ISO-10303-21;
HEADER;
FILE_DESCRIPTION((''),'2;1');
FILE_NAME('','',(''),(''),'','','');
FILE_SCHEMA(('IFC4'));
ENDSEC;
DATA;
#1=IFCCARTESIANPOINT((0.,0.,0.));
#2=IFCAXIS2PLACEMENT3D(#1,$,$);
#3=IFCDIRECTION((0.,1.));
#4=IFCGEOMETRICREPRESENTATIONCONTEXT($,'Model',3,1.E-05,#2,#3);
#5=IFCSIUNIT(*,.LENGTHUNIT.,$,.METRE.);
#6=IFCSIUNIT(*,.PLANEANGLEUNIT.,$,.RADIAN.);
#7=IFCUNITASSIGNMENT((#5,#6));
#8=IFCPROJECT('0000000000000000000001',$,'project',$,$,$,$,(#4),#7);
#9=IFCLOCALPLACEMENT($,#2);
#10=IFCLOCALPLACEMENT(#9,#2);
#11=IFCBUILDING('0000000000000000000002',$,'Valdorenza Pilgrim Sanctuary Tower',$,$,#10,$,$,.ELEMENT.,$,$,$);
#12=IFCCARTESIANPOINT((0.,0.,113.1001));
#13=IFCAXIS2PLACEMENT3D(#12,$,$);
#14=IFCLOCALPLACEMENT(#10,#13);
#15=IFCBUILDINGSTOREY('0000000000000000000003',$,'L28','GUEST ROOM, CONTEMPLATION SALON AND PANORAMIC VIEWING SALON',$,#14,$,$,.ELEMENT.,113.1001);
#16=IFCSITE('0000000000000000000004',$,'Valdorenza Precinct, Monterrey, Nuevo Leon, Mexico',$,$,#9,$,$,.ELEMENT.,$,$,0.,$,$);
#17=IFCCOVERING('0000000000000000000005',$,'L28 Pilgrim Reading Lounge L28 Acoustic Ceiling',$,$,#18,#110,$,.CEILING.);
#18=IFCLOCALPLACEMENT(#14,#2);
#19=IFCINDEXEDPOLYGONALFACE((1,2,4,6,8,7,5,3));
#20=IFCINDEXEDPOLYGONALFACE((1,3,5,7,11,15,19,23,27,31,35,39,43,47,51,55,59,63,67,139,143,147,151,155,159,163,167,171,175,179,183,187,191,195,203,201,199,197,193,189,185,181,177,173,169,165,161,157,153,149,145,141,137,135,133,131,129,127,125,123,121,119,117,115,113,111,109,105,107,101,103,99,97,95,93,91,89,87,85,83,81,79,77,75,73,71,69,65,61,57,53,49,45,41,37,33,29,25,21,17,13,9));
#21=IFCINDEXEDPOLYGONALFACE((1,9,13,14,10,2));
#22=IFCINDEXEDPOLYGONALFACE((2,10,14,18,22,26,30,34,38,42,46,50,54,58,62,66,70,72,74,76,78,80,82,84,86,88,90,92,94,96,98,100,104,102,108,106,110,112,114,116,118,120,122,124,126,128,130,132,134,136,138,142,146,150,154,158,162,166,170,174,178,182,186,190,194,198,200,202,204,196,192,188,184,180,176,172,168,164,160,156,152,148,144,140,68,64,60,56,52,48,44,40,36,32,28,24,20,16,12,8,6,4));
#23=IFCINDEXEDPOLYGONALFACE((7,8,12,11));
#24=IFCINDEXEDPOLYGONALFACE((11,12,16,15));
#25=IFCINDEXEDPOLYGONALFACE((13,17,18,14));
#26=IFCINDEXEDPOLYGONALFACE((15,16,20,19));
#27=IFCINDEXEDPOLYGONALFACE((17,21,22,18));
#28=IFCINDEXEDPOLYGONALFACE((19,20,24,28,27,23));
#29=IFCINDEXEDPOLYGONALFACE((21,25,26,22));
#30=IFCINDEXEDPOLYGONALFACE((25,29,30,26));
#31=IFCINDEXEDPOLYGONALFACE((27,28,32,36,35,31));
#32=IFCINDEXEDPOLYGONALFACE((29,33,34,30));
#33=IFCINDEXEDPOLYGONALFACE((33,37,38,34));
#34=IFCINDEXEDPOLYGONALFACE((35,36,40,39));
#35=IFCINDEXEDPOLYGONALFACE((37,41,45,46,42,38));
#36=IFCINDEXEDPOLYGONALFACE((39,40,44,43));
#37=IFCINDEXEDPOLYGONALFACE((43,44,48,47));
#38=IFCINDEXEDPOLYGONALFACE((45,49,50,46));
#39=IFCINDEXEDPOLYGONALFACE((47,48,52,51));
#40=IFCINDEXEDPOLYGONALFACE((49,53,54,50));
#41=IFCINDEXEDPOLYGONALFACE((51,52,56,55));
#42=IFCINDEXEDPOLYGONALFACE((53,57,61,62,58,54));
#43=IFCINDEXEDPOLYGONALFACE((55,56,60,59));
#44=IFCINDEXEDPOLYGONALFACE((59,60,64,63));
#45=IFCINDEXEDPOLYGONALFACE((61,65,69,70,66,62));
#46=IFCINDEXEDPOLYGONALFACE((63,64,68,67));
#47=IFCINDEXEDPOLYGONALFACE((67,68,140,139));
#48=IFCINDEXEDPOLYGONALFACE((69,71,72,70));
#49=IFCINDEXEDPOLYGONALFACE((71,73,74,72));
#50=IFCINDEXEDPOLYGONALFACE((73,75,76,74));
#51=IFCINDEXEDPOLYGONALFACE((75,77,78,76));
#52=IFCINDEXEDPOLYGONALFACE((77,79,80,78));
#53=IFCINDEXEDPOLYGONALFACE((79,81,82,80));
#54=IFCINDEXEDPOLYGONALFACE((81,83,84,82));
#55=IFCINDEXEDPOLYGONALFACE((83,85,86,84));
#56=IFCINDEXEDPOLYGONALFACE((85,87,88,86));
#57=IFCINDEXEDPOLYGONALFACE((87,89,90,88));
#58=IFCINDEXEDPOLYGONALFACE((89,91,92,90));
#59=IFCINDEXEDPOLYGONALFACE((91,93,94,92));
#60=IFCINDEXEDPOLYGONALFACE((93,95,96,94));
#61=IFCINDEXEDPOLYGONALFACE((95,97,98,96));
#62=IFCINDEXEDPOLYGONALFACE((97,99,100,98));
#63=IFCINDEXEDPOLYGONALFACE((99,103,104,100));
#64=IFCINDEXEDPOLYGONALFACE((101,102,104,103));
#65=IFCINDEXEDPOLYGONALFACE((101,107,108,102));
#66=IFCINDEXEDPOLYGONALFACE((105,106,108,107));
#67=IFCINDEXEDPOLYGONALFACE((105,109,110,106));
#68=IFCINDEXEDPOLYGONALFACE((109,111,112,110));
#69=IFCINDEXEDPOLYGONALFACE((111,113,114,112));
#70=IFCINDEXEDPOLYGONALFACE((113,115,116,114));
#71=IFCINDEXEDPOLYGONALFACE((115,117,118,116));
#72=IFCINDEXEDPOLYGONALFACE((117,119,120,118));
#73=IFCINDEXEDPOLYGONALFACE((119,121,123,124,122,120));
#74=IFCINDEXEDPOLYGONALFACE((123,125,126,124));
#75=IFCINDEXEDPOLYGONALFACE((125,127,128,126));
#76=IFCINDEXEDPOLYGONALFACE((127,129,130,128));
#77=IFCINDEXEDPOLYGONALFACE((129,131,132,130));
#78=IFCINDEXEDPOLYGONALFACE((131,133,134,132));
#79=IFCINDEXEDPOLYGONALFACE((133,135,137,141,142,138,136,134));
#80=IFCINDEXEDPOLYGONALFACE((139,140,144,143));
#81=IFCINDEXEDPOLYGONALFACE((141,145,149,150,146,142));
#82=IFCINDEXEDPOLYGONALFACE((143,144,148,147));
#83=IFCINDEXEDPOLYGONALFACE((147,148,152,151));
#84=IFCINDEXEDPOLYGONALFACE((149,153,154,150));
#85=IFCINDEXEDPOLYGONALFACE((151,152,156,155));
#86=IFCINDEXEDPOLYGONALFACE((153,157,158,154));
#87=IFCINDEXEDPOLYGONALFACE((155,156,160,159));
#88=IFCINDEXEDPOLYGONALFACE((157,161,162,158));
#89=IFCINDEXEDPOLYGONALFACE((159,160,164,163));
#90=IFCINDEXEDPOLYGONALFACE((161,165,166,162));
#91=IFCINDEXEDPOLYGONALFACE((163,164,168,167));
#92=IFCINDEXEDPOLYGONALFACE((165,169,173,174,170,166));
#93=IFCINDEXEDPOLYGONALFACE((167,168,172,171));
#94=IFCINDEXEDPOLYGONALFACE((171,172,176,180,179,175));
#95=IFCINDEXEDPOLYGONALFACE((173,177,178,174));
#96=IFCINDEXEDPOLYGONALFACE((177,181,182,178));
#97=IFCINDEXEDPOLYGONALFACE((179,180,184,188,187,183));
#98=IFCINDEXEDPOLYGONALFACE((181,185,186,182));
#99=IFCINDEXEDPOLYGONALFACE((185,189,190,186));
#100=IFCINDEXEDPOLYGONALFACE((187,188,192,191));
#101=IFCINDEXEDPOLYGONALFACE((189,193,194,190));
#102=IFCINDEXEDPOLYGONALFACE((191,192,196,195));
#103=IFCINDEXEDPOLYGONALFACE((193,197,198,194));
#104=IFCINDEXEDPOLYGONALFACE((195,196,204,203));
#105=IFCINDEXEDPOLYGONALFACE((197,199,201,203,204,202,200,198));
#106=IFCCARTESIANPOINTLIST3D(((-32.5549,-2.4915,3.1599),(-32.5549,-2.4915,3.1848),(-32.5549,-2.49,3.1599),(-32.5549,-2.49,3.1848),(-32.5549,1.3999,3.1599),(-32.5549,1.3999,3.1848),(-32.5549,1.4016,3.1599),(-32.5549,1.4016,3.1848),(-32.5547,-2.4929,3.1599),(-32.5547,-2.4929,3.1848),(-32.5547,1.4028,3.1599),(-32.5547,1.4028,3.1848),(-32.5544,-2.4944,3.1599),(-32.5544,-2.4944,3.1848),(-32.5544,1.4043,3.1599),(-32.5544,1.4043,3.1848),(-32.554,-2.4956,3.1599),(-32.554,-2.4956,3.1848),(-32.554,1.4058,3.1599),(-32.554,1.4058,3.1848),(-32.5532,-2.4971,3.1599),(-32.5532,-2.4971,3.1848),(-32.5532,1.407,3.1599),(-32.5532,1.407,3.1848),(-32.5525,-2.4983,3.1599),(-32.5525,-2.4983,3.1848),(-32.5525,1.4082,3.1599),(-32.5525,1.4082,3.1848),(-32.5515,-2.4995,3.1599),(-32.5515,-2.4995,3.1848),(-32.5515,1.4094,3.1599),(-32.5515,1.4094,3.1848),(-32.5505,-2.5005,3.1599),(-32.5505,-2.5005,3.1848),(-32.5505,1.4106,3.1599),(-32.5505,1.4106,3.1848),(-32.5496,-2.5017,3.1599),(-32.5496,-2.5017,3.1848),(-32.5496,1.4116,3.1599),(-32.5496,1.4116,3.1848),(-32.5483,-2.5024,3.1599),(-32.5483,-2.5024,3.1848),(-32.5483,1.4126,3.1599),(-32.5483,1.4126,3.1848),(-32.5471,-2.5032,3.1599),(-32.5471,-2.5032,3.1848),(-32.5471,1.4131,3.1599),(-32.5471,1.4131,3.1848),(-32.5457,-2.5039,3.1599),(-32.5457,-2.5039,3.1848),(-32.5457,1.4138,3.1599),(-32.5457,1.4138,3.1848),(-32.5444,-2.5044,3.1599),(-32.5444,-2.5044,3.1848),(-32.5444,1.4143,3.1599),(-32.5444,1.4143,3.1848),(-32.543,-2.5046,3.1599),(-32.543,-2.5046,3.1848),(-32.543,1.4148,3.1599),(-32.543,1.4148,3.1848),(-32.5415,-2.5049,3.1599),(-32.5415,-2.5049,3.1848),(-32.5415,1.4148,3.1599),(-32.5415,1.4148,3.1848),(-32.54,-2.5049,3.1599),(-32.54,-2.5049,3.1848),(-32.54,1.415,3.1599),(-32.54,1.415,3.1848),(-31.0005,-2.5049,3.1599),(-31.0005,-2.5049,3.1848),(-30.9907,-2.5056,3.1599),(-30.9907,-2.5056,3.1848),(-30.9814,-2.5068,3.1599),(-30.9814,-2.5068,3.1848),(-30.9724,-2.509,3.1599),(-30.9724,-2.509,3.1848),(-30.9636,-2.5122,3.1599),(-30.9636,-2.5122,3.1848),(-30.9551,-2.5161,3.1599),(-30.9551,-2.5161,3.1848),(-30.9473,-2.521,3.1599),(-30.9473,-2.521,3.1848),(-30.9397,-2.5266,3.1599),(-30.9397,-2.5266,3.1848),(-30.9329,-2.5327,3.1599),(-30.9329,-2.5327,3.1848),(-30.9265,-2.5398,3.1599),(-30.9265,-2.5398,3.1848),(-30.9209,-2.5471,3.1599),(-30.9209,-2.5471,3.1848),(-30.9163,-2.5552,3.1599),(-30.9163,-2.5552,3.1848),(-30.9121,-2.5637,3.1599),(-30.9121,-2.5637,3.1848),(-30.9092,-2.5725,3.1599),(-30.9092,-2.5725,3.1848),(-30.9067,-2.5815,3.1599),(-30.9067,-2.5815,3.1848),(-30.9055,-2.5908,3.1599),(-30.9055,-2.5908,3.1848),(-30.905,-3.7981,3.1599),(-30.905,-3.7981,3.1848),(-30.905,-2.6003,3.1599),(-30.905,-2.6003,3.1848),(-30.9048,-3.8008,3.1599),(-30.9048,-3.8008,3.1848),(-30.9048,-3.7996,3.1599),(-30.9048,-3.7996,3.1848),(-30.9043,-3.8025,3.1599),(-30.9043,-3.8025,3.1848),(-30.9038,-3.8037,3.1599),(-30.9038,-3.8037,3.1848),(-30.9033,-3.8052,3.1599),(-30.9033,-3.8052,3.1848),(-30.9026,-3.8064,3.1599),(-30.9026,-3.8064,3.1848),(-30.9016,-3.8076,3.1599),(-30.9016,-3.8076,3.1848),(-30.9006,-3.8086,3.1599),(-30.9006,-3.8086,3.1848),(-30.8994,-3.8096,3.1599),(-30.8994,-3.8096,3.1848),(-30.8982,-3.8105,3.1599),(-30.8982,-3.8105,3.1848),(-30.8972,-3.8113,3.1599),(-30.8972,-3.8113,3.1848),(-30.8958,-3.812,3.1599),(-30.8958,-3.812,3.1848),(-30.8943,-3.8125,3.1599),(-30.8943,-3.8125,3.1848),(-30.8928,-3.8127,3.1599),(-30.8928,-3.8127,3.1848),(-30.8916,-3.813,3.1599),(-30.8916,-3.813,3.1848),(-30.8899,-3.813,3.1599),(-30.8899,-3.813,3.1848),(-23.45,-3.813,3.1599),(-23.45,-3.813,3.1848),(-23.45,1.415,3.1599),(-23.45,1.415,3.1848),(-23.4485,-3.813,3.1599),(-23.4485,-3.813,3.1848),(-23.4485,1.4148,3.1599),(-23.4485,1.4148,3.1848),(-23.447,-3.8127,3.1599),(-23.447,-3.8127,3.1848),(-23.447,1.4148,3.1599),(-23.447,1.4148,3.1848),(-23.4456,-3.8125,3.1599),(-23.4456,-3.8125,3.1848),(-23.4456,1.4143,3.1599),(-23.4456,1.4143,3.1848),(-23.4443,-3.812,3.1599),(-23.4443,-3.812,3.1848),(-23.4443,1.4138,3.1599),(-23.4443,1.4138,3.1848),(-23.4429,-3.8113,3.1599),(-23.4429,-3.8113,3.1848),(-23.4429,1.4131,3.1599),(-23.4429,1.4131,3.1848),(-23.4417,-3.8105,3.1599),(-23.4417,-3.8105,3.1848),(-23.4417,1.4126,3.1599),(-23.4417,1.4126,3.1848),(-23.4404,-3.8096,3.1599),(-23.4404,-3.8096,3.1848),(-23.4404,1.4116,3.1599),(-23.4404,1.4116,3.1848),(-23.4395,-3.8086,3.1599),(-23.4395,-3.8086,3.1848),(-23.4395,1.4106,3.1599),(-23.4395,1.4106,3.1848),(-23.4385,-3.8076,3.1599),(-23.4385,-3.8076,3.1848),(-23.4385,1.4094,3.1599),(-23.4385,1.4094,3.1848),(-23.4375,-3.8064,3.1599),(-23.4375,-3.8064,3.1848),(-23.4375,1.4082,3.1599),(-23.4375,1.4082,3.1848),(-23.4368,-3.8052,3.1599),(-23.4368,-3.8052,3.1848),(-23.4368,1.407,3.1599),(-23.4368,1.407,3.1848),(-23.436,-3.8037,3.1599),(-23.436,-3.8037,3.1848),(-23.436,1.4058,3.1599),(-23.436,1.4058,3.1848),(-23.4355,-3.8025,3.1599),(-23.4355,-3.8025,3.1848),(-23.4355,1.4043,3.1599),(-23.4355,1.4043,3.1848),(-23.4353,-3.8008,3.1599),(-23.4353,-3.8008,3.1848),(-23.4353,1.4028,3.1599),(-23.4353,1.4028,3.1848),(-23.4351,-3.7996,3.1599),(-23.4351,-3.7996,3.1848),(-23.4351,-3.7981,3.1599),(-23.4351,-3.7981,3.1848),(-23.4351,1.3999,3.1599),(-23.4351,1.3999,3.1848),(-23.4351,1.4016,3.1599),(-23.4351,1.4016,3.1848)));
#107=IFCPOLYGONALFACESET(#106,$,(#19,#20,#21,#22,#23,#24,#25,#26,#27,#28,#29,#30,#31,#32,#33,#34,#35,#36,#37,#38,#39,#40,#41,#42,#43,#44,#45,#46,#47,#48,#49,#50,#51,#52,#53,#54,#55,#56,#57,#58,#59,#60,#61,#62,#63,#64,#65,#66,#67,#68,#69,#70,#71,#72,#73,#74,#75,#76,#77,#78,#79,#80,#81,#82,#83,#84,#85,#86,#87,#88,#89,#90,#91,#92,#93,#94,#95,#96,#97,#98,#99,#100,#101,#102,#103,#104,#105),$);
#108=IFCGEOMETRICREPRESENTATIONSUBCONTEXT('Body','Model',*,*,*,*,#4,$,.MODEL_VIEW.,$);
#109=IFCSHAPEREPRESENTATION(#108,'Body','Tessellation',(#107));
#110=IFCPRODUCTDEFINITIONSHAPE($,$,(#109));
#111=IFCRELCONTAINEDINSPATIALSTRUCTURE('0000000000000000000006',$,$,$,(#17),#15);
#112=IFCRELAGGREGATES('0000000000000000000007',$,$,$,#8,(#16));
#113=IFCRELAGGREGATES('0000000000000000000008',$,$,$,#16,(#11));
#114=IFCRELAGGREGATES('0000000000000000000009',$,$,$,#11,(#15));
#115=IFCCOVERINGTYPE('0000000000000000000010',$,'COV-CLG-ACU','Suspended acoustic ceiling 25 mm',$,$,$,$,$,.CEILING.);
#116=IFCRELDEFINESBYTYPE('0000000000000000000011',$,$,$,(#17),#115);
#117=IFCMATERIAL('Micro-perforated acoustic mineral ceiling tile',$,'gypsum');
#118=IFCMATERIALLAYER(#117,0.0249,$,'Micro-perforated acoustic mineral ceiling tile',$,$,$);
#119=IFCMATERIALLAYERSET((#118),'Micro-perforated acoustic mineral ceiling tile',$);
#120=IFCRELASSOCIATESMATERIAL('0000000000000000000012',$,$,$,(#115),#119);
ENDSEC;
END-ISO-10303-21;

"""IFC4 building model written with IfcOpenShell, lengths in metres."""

from ifc_helpers import new_model, si_unit, direction, frame, origin, place, context, subcontext, project, spatial, polyline, outline, extrude, material, layer, layer_set, type_object, element, save


model = new_model("IFC4")

# Units and contexts
model_context = context("Model", 3, precision=1e-05, world=origin(), true_north=direction((0.0, 1.0)))
body_context = subcontext(model_context, "Body", "Model", "MODEL_VIEW")
ifc_project = project(units=[si_unit("LENGTHUNIT", "METRE"), si_unit("PLANEANGLEUNIT", "RADIAN")], contexts=[model_context])

# Site, building, storey
site_placement = place(None, origin())
site = spatial("IfcSite", under=ifc_project, at=site_placement, Name="Valdorenza Precinct, Monterrey, Nuevo Leon, Mexico", CompositionType="ELEMENT", RefElevation=0.0)
building_placement = place(site_placement, origin())
building = spatial("IfcBuilding", under=site, at=building_placement, Name="Valdorenza Pilgrim Sanctuary Tower", CompositionType="ELEMENT")
storey_placement = place(building_placement, frame((0.0, 0.0, 113.1001)))
storey = spatial("IfcBuildingStorey", under=building, at=storey_placement, Name="L28", Description="GUEST ROOM, CONTEMPLATION SALON AND PANORAMIC VIEWING SALON", CompositionType="ELEMENT", Elevation=113.1001)

# Covering
ifc_material_1 = material(Name="Micro-perforated acoustic mineral ceiling tile", Category="gypsum")
ifc_layer_1 = layer(ifc_material_1, 0.0249, Name="Micro-perforated acoustic mineral ceiling tile")
ifc_layer_set_1 = layer_set([ifc_layer_1], Name="Micro-perforated acoustic mineral ceiling tile")
covering_type_1 = type_object("IfcCoveringType", Name="COV-CLG-ACU", Description="Suspended acoustic ceiling 25 mm", PredefinedType="CEILING", material=ifc_layer_set_1)
covering_1_placement = place(storey_placement, frame((0.0, 0.0, 3.1599)))
element("IfcCovering", 1, at=covering_1_placement, inside=storey, type_object=covering_type_1, Name="L28 Pilgrim Reading Lounge L28 Acoustic Ceiling", PredefinedType="CEILING", context=body_context, shape_type="SweptSolid", body=[
    extrude(outline(polyline([(-23.4351, -3.7981), (-23.4351, -3.7996), (-23.4353, -3.8008), (-23.4355, -3.8025), (-23.436, -3.8037), (-23.4368, -3.8052), (-23.4375, -3.8064), (-23.4385, -3.8076), (-23.4395, -3.8086), (-23.4404, -3.8096), (-23.4417, -3.8105), (-23.4429, -3.8113), (-23.4443, -3.812), (-23.4456, -3.8125), (-23.447, -3.8127), (-23.4485, -3.813), (-23.45, -3.813), (-30.8899, -3.813), (-30.8916, -3.813), (-30.8928, -3.8127), (-30.8943, -3.8125), (-30.8958, -3.812), (-30.8972, -3.8113), (-30.8982, -3.8105), (-30.8994, -3.8096), (-30.9006, -3.8086), (-30.9016, -3.8076), (-30.9026, -3.8064), (-30.9033, -3.8052), (-30.9038, -3.8037), (-30.9043, -3.8025), (-30.9048, -3.8008), (-30.9048, -3.7996), (-30.905, -3.7981), (-30.905, -2.6003), (-30.9055, -2.5908), (-30.9067, -2.5815), (-30.9092, -2.5725), (-30.9121, -2.5637), (-30.9163, -2.5552), (-30.9209, -2.5471), (-30.9265, -2.5398), (-30.9329, -2.5327), (-30.9397, -2.5266), (-30.9473, -2.521), (-30.9551, -2.5161), (-30.9636, -2.5122), (-30.9724, -2.509), (-30.9814, -2.5068), (-30.9907, -2.5056), (-31.0005, -2.5049), (-32.54, -2.5049), (-32.5415, -2.5049), (-32.543, -2.5046), (-32.5444, -2.5044), (-32.5457, -2.5039), (-32.5471, -2.5032), (-32.5483, -2.5024), (-32.5496, -2.5017), (-32.5505, -2.5005), (-32.5515, -2.4995), (-32.5525, -2.4983), (-32.5532, -2.4971), (-32.554, -2.4956), (-32.5544, -2.4944), (-32.5547, -2.4929), (-32.5549, -2.4915), (-32.5549, -2.49), (-32.5549, 1.3999), (-32.5549, 1.4016), (-32.5547, 1.4028), (-32.5544, 1.4043), (-32.554, 1.4058), (-32.5532, 1.407), (-32.5525, 1.4082), (-32.5515, 1.4094), (-32.5505, 1.4106), (-32.5496, 1.4116), (-32.5483, 1.4126), (-32.5471, 1.4131), (-32.5457, 1.4138), (-32.5444, 1.4143), (-32.543, 1.4148), (-32.5415, 1.4148), (-32.54, 1.415), (-23.45, 1.415), (-23.4485, 1.4148), (-23.447, 1.4148), (-23.4456, 1.4143), (-23.4443, 1.4138), (-23.4429, 1.4131), (-23.4417, 1.4126), (-23.4404, 1.4116), (-23.4395, 1.4106), (-23.4385, 1.4094), (-23.4375, 1.4082), (-23.4368, 1.407), (-23.436, 1.4058), (-23.4355, 1.4043), (-23.4353, 1.4028), (-23.4351, 1.4016), (-23.4351, 1.3999), (-23.4351, -3.7981)])), origin(), (0.0, 0.0, 1.0), 0.0249),
])

save(model, "model.ifc")
